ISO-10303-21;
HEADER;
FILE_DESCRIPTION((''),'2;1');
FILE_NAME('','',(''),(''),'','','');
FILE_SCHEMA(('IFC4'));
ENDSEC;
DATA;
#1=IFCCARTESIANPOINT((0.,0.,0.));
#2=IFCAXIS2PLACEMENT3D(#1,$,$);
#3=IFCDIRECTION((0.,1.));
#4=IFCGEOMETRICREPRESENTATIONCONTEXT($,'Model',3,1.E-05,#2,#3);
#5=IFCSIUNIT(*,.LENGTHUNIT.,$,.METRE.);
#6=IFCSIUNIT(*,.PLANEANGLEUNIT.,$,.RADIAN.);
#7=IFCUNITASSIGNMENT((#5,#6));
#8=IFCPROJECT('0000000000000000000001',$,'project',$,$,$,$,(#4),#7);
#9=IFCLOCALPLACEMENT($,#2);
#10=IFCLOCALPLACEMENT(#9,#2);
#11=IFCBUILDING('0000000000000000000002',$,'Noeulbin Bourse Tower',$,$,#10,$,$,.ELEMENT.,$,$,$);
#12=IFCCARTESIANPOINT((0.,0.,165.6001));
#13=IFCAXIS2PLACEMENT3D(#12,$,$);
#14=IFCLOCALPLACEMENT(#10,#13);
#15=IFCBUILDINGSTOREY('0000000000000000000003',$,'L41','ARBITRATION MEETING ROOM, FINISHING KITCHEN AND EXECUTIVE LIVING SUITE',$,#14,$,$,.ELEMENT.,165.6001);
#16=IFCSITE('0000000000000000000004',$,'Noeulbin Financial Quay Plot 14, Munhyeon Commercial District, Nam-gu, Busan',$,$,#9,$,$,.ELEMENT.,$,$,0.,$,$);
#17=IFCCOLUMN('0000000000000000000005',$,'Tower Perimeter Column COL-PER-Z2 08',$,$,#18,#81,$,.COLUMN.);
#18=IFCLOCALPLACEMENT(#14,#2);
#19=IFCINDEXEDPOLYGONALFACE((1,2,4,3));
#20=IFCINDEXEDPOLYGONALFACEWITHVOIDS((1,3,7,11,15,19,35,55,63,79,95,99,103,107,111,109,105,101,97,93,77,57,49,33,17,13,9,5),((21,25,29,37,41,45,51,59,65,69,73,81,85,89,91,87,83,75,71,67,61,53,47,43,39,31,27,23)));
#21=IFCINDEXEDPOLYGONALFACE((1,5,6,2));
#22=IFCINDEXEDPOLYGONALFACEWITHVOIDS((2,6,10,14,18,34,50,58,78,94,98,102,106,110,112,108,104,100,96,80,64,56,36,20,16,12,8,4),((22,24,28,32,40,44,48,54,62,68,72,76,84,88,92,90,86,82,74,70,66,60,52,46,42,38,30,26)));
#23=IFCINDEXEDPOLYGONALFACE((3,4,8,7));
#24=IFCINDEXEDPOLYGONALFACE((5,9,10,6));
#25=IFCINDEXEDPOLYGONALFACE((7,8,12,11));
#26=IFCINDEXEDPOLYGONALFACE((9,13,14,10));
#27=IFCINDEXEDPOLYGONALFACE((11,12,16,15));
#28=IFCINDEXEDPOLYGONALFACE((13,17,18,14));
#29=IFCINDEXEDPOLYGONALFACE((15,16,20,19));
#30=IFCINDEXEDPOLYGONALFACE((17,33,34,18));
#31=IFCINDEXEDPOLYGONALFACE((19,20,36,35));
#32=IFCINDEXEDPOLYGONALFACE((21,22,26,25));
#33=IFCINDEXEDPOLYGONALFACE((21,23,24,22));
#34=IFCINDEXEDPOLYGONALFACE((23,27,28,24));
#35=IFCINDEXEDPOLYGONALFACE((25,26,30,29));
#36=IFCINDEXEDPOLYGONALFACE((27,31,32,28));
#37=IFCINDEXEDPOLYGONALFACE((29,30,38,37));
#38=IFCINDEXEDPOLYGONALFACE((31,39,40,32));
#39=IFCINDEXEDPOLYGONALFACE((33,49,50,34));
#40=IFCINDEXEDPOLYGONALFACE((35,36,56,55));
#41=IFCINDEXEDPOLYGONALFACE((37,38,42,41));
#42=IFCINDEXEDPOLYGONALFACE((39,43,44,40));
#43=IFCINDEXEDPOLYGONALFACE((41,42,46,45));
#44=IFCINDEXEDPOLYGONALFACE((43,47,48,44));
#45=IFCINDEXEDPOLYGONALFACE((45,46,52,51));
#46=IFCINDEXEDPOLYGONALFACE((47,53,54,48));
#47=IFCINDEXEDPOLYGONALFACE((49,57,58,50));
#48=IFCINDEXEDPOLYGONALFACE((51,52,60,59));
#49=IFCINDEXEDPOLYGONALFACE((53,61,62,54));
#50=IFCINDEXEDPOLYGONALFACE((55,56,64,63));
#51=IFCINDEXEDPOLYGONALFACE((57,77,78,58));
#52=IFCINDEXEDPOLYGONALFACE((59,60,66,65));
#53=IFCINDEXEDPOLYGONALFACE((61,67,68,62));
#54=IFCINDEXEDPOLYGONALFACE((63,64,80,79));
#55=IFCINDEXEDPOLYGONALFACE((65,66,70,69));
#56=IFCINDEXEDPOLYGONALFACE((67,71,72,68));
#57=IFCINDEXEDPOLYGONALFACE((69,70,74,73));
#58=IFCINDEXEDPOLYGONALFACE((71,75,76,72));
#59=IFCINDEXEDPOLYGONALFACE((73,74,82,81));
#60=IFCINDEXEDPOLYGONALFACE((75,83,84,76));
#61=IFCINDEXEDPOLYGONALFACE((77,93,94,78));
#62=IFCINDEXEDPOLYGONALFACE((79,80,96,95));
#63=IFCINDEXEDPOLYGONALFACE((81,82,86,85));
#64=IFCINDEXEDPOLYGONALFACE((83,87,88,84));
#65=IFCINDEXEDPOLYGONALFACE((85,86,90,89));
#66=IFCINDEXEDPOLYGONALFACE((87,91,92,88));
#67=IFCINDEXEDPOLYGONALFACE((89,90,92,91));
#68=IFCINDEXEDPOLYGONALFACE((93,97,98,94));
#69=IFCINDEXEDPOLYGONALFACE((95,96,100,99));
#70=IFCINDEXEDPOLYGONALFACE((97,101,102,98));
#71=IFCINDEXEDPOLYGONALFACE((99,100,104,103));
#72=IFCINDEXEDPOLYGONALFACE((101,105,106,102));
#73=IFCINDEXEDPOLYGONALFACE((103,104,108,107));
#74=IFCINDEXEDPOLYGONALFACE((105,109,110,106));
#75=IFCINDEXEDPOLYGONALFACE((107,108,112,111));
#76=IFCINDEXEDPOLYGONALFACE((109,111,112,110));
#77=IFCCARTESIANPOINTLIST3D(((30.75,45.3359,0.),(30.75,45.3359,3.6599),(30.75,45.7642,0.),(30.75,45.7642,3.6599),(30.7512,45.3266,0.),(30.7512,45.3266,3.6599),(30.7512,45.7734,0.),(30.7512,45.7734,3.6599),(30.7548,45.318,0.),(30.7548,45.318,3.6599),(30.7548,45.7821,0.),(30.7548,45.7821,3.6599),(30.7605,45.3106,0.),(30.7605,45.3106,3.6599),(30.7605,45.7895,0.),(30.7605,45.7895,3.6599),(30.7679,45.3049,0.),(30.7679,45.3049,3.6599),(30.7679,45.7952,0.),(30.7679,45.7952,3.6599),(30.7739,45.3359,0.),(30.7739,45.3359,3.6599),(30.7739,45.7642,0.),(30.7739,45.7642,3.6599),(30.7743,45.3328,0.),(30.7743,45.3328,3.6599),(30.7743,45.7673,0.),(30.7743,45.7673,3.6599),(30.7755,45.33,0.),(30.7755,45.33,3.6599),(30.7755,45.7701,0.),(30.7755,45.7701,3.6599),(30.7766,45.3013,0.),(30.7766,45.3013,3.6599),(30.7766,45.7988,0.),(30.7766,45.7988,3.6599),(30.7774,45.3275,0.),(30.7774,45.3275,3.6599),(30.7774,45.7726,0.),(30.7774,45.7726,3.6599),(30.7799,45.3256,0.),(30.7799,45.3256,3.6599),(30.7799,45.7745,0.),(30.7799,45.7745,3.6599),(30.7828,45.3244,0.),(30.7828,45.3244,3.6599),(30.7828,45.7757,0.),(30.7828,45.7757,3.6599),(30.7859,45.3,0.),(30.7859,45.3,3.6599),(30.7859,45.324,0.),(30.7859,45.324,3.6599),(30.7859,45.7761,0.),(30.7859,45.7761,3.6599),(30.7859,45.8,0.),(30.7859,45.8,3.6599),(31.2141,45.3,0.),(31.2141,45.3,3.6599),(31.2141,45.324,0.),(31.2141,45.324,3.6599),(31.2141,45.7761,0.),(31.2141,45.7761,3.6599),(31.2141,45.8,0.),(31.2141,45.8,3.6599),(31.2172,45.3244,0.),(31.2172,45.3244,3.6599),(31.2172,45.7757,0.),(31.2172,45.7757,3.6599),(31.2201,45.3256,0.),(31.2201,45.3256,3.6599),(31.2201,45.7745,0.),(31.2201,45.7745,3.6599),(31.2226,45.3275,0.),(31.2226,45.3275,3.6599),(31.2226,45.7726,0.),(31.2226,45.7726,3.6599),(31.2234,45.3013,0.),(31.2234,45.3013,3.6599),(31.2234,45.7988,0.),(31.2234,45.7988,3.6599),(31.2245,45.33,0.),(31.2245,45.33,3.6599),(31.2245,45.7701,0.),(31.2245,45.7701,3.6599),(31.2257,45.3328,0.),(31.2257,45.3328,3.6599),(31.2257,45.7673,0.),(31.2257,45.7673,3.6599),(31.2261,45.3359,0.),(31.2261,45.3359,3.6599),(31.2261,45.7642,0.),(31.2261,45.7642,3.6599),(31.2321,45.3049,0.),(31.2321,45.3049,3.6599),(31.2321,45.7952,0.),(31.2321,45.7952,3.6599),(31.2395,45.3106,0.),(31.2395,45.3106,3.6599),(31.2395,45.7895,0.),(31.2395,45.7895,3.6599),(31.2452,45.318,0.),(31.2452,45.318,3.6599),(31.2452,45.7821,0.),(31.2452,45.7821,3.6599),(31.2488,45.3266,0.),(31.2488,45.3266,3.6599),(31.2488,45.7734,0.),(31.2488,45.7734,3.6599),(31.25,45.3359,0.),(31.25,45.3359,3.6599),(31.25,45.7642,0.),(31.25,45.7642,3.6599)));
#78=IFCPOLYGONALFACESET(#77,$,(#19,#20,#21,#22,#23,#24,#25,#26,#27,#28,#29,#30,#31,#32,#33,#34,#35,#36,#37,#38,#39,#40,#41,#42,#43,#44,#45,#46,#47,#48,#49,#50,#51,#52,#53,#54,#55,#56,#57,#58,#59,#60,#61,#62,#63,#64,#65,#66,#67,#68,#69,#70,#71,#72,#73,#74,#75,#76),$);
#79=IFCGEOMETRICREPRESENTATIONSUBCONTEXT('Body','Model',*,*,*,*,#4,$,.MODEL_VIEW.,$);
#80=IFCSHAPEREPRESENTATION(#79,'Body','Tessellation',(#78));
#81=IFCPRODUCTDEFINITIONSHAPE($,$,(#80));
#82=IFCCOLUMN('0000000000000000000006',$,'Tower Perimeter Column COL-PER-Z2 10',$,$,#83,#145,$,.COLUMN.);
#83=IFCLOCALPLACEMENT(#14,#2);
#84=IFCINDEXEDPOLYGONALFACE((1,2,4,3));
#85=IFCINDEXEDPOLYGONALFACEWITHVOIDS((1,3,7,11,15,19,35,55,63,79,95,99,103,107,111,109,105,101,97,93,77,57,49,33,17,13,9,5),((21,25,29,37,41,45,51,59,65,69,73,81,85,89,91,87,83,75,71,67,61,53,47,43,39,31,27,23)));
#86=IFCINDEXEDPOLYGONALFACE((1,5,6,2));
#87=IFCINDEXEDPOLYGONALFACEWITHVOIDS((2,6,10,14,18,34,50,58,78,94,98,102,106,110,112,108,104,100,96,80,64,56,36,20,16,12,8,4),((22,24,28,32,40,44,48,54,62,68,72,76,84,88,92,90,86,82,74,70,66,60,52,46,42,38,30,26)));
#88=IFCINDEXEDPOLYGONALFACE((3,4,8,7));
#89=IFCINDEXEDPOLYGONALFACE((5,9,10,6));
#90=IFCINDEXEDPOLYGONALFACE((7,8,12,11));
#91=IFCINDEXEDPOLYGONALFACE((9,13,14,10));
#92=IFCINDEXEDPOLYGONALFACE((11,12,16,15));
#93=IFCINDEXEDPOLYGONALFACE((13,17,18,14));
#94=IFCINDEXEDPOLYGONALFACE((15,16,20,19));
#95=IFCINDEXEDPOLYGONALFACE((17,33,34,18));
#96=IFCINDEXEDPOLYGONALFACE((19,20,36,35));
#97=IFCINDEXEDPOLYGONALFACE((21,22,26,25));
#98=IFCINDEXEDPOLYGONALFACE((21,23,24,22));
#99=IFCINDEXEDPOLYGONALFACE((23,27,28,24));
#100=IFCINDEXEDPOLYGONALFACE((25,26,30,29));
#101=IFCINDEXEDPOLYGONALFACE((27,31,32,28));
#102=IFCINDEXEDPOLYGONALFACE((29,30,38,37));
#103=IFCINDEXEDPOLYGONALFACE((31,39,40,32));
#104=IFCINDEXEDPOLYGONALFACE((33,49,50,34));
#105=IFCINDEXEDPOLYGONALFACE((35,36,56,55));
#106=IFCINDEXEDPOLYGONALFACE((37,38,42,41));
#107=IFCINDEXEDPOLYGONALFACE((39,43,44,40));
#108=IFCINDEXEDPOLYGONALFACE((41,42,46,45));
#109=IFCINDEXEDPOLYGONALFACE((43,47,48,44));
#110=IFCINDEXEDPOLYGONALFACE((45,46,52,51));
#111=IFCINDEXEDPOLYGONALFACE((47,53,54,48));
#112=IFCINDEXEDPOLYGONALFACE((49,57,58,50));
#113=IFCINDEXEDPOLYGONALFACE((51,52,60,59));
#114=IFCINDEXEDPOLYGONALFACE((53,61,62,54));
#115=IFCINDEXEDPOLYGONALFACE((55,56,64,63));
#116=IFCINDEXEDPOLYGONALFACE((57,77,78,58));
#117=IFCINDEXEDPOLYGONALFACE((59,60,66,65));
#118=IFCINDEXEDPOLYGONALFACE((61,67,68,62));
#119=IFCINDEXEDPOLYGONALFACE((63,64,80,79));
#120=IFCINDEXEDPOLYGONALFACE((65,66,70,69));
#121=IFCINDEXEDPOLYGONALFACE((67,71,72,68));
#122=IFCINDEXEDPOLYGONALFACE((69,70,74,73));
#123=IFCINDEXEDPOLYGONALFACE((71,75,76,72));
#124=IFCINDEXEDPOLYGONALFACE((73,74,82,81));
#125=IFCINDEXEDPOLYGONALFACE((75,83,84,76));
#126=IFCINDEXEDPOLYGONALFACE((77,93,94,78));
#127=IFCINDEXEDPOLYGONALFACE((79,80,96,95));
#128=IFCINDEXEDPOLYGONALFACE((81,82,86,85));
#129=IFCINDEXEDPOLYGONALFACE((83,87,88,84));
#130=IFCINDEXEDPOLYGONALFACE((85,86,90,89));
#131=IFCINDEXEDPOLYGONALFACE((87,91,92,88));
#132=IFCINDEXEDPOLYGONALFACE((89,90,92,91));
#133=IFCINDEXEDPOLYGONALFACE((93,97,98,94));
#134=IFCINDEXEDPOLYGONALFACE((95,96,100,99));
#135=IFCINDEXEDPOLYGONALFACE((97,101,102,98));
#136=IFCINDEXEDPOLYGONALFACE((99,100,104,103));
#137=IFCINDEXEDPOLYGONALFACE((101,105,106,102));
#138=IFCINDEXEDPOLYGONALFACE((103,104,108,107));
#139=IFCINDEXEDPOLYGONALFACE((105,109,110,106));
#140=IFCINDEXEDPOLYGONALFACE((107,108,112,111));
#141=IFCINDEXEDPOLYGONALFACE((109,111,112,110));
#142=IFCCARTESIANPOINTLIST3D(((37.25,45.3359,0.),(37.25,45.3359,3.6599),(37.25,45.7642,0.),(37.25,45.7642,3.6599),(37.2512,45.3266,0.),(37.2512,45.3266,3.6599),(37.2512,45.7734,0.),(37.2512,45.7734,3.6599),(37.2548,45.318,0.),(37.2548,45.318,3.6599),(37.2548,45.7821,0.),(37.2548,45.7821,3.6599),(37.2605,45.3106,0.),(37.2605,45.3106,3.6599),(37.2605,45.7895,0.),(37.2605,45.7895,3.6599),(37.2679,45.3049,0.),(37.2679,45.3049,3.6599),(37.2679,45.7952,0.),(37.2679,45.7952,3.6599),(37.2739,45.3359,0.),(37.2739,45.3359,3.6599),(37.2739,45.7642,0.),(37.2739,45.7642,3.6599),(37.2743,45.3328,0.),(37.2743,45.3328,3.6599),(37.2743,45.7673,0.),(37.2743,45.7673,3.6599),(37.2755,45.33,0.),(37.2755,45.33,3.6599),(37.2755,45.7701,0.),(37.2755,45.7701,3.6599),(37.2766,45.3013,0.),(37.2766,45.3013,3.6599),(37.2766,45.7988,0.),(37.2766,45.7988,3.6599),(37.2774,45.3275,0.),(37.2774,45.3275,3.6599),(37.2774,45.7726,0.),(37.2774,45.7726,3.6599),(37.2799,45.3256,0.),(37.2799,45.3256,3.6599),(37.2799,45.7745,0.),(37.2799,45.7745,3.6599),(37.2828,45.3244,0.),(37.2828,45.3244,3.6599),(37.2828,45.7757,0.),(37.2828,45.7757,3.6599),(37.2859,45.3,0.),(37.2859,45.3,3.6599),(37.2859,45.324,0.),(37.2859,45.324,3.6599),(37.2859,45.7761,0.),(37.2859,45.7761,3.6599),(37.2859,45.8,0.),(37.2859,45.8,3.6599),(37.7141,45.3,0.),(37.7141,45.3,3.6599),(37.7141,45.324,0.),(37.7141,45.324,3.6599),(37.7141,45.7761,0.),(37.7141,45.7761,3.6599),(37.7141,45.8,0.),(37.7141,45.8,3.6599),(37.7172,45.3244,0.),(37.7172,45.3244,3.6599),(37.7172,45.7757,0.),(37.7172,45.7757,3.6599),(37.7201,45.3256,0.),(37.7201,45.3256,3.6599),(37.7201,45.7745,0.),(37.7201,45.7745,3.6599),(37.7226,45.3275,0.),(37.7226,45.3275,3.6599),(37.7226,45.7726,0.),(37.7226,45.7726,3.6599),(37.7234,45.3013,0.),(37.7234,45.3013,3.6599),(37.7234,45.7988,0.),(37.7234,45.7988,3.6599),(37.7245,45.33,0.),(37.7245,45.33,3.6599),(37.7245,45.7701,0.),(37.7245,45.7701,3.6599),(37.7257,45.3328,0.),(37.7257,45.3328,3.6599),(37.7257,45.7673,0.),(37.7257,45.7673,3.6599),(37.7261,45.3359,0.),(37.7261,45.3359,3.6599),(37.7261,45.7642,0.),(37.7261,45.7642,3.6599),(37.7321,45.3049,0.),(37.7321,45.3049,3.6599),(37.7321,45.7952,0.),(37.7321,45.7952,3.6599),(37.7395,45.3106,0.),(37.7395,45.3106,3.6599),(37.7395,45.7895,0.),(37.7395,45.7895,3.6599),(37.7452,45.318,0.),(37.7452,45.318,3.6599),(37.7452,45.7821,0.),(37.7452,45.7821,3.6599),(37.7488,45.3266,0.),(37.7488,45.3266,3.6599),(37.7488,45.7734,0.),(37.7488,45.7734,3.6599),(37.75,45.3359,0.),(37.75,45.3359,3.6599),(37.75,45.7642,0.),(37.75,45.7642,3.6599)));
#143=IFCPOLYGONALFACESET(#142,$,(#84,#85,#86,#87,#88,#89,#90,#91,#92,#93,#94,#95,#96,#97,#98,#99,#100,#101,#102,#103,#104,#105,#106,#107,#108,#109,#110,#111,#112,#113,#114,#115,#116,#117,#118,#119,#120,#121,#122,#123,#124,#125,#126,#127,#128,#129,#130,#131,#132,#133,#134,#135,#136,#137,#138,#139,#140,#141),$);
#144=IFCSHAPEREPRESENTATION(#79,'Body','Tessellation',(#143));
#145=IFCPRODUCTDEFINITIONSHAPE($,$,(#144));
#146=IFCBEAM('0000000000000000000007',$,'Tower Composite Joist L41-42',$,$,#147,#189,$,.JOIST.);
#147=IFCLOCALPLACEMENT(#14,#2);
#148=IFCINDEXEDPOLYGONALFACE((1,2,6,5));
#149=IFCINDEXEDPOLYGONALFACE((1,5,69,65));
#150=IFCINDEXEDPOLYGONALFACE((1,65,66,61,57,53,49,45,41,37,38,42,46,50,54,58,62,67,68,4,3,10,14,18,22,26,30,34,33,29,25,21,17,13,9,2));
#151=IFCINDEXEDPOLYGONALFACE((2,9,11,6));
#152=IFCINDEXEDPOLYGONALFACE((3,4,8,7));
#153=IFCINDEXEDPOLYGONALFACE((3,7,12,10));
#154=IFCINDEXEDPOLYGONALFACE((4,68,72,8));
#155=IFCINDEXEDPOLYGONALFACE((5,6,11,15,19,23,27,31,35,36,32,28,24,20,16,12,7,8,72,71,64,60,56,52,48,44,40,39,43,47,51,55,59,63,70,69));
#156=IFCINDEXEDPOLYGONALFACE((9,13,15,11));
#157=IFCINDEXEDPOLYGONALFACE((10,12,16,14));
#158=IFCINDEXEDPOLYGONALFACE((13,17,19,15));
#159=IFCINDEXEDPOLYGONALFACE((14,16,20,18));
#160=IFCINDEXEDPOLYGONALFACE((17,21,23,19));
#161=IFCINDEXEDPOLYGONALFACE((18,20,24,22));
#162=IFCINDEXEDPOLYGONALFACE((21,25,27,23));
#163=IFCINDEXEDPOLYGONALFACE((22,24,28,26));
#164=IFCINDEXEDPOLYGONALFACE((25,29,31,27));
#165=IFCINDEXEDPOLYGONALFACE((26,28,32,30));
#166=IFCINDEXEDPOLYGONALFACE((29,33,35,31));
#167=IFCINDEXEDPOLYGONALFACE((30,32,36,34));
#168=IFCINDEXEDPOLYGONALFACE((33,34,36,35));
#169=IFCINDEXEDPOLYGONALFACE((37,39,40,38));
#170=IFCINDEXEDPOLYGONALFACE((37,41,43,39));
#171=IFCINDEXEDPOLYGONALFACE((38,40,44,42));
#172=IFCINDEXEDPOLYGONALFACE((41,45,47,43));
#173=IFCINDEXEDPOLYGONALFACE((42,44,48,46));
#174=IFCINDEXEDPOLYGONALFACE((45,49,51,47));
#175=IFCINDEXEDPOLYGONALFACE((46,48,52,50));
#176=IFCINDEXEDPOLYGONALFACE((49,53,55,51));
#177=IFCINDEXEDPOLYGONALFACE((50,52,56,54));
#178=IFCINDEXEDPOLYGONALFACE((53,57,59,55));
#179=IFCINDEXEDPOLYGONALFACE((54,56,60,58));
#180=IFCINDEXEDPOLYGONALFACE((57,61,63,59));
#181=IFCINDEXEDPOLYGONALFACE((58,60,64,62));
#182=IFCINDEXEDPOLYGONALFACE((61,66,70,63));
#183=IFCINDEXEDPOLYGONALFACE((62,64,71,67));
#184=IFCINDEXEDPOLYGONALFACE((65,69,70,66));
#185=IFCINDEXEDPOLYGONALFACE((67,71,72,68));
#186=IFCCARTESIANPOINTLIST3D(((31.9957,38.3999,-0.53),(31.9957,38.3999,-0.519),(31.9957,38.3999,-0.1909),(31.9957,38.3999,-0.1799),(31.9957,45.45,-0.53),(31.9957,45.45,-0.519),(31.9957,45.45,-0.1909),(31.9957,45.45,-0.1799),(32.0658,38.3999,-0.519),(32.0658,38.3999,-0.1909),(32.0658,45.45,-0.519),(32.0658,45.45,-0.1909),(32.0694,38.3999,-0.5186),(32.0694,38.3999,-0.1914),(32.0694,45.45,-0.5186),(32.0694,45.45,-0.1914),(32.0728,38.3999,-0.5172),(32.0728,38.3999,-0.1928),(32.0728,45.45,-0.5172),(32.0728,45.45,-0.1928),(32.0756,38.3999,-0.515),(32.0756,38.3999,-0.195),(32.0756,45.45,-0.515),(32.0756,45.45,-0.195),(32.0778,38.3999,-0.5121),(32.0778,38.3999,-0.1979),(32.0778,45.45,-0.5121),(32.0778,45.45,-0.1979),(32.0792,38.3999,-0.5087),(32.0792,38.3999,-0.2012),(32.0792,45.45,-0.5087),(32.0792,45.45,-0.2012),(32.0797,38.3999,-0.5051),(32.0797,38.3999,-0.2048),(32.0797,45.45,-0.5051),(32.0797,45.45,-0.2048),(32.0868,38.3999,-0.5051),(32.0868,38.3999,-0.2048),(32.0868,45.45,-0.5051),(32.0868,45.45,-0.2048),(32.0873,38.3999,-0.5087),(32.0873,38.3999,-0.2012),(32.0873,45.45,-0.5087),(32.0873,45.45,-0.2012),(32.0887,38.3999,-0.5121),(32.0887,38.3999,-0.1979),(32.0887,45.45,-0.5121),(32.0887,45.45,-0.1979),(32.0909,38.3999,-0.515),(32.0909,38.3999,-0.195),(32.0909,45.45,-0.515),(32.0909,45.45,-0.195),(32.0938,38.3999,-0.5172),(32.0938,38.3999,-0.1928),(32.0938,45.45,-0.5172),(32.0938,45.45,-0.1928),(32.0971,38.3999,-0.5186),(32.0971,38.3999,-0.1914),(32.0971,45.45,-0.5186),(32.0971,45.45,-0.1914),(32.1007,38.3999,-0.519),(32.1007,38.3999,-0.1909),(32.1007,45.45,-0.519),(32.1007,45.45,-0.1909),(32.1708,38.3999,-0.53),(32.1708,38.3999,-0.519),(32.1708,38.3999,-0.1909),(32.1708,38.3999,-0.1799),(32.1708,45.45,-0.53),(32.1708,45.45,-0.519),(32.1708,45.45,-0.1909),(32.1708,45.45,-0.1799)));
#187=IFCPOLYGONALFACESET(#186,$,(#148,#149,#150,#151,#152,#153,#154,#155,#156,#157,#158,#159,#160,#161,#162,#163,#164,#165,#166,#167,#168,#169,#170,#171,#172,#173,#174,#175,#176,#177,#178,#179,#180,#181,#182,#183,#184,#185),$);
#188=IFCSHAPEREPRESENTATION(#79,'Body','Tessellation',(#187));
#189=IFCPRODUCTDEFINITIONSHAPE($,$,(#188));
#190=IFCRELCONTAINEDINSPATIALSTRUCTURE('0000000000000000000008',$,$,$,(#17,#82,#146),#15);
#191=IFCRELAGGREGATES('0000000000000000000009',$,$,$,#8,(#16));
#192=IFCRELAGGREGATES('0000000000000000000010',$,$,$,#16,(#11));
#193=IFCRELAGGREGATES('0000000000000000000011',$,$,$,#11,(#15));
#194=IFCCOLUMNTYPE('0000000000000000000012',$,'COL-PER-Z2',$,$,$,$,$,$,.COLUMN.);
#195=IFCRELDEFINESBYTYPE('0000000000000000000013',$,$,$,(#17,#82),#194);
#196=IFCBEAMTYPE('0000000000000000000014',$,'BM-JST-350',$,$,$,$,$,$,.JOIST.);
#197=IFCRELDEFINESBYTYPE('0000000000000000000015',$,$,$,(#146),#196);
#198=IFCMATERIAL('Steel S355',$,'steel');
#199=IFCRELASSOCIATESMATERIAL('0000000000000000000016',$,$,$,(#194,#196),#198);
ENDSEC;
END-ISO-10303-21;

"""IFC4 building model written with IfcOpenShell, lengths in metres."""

from ifc_helpers import new_model, si_unit, direction, frame, origin, origin_2d, place, context, subcontext, project, spatial, hollow_rectangle, i_section, extrude, material, material_profile, profile_set, type_object, element, save


model = new_model("IFC4")

# Units and contexts
model_context = context("Model", 3, precision=1e-05, world=origin(), true_north=direction((0.0, 1.0)))
body_context = subcontext(model_context, "Body", "Model", "MODEL_VIEW")
ifc_project = project(units=[si_unit("LENGTHUNIT", "METRE"), si_unit("PLANEANGLEUNIT", "RADIAN")], contexts=[model_context])

# Site, building, storey
site_placement = place(None, origin())
site = spatial("IfcSite", under=ifc_project, at=site_placement, Name="Noeulbin Financial Quay Plot 14, Munhyeon Commercial District, Nam-gu, Busan", CompositionType="ELEMENT", RefElevation=0.0)
building_placement = place(site_placement, origin())
building = spatial("IfcBuilding", under=site, at=building_placement, Name="Noeulbin Bourse Tower", CompositionType="ELEMENT")
storey_placement = place(building_placement, frame((0.0, 0.0, 165.6001)))
storey = spatial("IfcBuildingStorey", under=building, at=storey_placement, Name="L41", Description="ARBITRATION MEETING ROOM, FINISHING KITCHEN AND EXECUTIVE LIVING SUITE", CompositionType="ELEMENT", Elevation=165.6001)

# Columns
ifc_material_1 = material(Name="Steel S355", Category="steel")
ifc_material_profile_1 = material_profile(ifc_material_1, hollow_rectangle(XDim=0.5, YDim=0.5, WallThickness=0.0239, InnerFilletRadius=0.012, OuterFilletRadius=0.0359, at=origin_2d()), Name="BOX-500x500x24", Category="LoadBearing")
ifc_profile_set_1 = profile_set([ifc_material_profile_1], Name="Steel S355")
column_type = type_object("IfcColumnType", Name="COL-PER-Z2", PredefinedType="COLUMN", material=ifc_profile_set_1)
for number, where, z_axis, x_axis, name in (
    (1, (31.0, 45.55, 0.0), (0.0, 0.0, 1.0), (1.0, 0.0, 0.0), "Tower Perimeter Column COL-PER-Z2 08"),
    (2, (37.5, 45.55, 0.0), (0.0, 0.0, 1.0), (1.0, 0.0, 0.0), "Tower Perimeter Column COL-PER-Z2 10"),
):
    element("IfcColumn", number, at=place(storey_placement, frame(where, z_axis=z_axis, x_axis=x_axis)), inside=storey, type_object=column_type, Name=name, PredefinedType="COLUMN", context=body_context, shape_type="SweptSolid", body=[
        extrude(hollow_rectangle(XDim=0.5, YDim=0.5, WallThickness=0.0239, InnerFilletRadius=0.012, OuterFilletRadius=0.0359, at=origin_2d()), origin(), (0.0, 0.0, 1.0), 3.6599),
    ])

# Beam
ifc_material_profile_2 = material_profile(ifc_material_1, i_section(OverallWidth=0.175, OverallDepth=0.3501, WebThickness=0.0071, FlangeThickness=0.011, FilletRadius=0.0139, at=origin_2d()), Name="H-350x175x7x11", Category="LoadBearing")
ifc_profile_set_2 = profile_set([ifc_material_profile_2], Name="Steel S355")
beam_type_1 = type_object("IfcBeamType", Name="BM-JST-350", PredefinedType="JOIST", material=ifc_profile_set_2)
for number, where, z_axis, x_axis, name in (
    (3, (32.0833, 38.3999, -0.355), (0.0, 1.0, 0.0), (-1.0, 0.0, 0.0), "Tower Composite Joist L41-42"),
):
    element("IfcBeam", number, at=place(storey_placement, frame(where, z_axis=z_axis, x_axis=x_axis)), inside=storey, type_object=beam_type_1, Name=name, PredefinedType="JOIST", context=body_context, shape_type="SweptSolid", body=[
        extrude(i_section(OverallWidth=0.175, OverallDepth=0.3501, WebThickness=0.0071, FlangeThickness=0.011, FilletRadius=0.0139, at=origin_2d()), origin(), (0.0, 0.0, 1.0), 7.05),
    ])

save(model, "model.ifc")
